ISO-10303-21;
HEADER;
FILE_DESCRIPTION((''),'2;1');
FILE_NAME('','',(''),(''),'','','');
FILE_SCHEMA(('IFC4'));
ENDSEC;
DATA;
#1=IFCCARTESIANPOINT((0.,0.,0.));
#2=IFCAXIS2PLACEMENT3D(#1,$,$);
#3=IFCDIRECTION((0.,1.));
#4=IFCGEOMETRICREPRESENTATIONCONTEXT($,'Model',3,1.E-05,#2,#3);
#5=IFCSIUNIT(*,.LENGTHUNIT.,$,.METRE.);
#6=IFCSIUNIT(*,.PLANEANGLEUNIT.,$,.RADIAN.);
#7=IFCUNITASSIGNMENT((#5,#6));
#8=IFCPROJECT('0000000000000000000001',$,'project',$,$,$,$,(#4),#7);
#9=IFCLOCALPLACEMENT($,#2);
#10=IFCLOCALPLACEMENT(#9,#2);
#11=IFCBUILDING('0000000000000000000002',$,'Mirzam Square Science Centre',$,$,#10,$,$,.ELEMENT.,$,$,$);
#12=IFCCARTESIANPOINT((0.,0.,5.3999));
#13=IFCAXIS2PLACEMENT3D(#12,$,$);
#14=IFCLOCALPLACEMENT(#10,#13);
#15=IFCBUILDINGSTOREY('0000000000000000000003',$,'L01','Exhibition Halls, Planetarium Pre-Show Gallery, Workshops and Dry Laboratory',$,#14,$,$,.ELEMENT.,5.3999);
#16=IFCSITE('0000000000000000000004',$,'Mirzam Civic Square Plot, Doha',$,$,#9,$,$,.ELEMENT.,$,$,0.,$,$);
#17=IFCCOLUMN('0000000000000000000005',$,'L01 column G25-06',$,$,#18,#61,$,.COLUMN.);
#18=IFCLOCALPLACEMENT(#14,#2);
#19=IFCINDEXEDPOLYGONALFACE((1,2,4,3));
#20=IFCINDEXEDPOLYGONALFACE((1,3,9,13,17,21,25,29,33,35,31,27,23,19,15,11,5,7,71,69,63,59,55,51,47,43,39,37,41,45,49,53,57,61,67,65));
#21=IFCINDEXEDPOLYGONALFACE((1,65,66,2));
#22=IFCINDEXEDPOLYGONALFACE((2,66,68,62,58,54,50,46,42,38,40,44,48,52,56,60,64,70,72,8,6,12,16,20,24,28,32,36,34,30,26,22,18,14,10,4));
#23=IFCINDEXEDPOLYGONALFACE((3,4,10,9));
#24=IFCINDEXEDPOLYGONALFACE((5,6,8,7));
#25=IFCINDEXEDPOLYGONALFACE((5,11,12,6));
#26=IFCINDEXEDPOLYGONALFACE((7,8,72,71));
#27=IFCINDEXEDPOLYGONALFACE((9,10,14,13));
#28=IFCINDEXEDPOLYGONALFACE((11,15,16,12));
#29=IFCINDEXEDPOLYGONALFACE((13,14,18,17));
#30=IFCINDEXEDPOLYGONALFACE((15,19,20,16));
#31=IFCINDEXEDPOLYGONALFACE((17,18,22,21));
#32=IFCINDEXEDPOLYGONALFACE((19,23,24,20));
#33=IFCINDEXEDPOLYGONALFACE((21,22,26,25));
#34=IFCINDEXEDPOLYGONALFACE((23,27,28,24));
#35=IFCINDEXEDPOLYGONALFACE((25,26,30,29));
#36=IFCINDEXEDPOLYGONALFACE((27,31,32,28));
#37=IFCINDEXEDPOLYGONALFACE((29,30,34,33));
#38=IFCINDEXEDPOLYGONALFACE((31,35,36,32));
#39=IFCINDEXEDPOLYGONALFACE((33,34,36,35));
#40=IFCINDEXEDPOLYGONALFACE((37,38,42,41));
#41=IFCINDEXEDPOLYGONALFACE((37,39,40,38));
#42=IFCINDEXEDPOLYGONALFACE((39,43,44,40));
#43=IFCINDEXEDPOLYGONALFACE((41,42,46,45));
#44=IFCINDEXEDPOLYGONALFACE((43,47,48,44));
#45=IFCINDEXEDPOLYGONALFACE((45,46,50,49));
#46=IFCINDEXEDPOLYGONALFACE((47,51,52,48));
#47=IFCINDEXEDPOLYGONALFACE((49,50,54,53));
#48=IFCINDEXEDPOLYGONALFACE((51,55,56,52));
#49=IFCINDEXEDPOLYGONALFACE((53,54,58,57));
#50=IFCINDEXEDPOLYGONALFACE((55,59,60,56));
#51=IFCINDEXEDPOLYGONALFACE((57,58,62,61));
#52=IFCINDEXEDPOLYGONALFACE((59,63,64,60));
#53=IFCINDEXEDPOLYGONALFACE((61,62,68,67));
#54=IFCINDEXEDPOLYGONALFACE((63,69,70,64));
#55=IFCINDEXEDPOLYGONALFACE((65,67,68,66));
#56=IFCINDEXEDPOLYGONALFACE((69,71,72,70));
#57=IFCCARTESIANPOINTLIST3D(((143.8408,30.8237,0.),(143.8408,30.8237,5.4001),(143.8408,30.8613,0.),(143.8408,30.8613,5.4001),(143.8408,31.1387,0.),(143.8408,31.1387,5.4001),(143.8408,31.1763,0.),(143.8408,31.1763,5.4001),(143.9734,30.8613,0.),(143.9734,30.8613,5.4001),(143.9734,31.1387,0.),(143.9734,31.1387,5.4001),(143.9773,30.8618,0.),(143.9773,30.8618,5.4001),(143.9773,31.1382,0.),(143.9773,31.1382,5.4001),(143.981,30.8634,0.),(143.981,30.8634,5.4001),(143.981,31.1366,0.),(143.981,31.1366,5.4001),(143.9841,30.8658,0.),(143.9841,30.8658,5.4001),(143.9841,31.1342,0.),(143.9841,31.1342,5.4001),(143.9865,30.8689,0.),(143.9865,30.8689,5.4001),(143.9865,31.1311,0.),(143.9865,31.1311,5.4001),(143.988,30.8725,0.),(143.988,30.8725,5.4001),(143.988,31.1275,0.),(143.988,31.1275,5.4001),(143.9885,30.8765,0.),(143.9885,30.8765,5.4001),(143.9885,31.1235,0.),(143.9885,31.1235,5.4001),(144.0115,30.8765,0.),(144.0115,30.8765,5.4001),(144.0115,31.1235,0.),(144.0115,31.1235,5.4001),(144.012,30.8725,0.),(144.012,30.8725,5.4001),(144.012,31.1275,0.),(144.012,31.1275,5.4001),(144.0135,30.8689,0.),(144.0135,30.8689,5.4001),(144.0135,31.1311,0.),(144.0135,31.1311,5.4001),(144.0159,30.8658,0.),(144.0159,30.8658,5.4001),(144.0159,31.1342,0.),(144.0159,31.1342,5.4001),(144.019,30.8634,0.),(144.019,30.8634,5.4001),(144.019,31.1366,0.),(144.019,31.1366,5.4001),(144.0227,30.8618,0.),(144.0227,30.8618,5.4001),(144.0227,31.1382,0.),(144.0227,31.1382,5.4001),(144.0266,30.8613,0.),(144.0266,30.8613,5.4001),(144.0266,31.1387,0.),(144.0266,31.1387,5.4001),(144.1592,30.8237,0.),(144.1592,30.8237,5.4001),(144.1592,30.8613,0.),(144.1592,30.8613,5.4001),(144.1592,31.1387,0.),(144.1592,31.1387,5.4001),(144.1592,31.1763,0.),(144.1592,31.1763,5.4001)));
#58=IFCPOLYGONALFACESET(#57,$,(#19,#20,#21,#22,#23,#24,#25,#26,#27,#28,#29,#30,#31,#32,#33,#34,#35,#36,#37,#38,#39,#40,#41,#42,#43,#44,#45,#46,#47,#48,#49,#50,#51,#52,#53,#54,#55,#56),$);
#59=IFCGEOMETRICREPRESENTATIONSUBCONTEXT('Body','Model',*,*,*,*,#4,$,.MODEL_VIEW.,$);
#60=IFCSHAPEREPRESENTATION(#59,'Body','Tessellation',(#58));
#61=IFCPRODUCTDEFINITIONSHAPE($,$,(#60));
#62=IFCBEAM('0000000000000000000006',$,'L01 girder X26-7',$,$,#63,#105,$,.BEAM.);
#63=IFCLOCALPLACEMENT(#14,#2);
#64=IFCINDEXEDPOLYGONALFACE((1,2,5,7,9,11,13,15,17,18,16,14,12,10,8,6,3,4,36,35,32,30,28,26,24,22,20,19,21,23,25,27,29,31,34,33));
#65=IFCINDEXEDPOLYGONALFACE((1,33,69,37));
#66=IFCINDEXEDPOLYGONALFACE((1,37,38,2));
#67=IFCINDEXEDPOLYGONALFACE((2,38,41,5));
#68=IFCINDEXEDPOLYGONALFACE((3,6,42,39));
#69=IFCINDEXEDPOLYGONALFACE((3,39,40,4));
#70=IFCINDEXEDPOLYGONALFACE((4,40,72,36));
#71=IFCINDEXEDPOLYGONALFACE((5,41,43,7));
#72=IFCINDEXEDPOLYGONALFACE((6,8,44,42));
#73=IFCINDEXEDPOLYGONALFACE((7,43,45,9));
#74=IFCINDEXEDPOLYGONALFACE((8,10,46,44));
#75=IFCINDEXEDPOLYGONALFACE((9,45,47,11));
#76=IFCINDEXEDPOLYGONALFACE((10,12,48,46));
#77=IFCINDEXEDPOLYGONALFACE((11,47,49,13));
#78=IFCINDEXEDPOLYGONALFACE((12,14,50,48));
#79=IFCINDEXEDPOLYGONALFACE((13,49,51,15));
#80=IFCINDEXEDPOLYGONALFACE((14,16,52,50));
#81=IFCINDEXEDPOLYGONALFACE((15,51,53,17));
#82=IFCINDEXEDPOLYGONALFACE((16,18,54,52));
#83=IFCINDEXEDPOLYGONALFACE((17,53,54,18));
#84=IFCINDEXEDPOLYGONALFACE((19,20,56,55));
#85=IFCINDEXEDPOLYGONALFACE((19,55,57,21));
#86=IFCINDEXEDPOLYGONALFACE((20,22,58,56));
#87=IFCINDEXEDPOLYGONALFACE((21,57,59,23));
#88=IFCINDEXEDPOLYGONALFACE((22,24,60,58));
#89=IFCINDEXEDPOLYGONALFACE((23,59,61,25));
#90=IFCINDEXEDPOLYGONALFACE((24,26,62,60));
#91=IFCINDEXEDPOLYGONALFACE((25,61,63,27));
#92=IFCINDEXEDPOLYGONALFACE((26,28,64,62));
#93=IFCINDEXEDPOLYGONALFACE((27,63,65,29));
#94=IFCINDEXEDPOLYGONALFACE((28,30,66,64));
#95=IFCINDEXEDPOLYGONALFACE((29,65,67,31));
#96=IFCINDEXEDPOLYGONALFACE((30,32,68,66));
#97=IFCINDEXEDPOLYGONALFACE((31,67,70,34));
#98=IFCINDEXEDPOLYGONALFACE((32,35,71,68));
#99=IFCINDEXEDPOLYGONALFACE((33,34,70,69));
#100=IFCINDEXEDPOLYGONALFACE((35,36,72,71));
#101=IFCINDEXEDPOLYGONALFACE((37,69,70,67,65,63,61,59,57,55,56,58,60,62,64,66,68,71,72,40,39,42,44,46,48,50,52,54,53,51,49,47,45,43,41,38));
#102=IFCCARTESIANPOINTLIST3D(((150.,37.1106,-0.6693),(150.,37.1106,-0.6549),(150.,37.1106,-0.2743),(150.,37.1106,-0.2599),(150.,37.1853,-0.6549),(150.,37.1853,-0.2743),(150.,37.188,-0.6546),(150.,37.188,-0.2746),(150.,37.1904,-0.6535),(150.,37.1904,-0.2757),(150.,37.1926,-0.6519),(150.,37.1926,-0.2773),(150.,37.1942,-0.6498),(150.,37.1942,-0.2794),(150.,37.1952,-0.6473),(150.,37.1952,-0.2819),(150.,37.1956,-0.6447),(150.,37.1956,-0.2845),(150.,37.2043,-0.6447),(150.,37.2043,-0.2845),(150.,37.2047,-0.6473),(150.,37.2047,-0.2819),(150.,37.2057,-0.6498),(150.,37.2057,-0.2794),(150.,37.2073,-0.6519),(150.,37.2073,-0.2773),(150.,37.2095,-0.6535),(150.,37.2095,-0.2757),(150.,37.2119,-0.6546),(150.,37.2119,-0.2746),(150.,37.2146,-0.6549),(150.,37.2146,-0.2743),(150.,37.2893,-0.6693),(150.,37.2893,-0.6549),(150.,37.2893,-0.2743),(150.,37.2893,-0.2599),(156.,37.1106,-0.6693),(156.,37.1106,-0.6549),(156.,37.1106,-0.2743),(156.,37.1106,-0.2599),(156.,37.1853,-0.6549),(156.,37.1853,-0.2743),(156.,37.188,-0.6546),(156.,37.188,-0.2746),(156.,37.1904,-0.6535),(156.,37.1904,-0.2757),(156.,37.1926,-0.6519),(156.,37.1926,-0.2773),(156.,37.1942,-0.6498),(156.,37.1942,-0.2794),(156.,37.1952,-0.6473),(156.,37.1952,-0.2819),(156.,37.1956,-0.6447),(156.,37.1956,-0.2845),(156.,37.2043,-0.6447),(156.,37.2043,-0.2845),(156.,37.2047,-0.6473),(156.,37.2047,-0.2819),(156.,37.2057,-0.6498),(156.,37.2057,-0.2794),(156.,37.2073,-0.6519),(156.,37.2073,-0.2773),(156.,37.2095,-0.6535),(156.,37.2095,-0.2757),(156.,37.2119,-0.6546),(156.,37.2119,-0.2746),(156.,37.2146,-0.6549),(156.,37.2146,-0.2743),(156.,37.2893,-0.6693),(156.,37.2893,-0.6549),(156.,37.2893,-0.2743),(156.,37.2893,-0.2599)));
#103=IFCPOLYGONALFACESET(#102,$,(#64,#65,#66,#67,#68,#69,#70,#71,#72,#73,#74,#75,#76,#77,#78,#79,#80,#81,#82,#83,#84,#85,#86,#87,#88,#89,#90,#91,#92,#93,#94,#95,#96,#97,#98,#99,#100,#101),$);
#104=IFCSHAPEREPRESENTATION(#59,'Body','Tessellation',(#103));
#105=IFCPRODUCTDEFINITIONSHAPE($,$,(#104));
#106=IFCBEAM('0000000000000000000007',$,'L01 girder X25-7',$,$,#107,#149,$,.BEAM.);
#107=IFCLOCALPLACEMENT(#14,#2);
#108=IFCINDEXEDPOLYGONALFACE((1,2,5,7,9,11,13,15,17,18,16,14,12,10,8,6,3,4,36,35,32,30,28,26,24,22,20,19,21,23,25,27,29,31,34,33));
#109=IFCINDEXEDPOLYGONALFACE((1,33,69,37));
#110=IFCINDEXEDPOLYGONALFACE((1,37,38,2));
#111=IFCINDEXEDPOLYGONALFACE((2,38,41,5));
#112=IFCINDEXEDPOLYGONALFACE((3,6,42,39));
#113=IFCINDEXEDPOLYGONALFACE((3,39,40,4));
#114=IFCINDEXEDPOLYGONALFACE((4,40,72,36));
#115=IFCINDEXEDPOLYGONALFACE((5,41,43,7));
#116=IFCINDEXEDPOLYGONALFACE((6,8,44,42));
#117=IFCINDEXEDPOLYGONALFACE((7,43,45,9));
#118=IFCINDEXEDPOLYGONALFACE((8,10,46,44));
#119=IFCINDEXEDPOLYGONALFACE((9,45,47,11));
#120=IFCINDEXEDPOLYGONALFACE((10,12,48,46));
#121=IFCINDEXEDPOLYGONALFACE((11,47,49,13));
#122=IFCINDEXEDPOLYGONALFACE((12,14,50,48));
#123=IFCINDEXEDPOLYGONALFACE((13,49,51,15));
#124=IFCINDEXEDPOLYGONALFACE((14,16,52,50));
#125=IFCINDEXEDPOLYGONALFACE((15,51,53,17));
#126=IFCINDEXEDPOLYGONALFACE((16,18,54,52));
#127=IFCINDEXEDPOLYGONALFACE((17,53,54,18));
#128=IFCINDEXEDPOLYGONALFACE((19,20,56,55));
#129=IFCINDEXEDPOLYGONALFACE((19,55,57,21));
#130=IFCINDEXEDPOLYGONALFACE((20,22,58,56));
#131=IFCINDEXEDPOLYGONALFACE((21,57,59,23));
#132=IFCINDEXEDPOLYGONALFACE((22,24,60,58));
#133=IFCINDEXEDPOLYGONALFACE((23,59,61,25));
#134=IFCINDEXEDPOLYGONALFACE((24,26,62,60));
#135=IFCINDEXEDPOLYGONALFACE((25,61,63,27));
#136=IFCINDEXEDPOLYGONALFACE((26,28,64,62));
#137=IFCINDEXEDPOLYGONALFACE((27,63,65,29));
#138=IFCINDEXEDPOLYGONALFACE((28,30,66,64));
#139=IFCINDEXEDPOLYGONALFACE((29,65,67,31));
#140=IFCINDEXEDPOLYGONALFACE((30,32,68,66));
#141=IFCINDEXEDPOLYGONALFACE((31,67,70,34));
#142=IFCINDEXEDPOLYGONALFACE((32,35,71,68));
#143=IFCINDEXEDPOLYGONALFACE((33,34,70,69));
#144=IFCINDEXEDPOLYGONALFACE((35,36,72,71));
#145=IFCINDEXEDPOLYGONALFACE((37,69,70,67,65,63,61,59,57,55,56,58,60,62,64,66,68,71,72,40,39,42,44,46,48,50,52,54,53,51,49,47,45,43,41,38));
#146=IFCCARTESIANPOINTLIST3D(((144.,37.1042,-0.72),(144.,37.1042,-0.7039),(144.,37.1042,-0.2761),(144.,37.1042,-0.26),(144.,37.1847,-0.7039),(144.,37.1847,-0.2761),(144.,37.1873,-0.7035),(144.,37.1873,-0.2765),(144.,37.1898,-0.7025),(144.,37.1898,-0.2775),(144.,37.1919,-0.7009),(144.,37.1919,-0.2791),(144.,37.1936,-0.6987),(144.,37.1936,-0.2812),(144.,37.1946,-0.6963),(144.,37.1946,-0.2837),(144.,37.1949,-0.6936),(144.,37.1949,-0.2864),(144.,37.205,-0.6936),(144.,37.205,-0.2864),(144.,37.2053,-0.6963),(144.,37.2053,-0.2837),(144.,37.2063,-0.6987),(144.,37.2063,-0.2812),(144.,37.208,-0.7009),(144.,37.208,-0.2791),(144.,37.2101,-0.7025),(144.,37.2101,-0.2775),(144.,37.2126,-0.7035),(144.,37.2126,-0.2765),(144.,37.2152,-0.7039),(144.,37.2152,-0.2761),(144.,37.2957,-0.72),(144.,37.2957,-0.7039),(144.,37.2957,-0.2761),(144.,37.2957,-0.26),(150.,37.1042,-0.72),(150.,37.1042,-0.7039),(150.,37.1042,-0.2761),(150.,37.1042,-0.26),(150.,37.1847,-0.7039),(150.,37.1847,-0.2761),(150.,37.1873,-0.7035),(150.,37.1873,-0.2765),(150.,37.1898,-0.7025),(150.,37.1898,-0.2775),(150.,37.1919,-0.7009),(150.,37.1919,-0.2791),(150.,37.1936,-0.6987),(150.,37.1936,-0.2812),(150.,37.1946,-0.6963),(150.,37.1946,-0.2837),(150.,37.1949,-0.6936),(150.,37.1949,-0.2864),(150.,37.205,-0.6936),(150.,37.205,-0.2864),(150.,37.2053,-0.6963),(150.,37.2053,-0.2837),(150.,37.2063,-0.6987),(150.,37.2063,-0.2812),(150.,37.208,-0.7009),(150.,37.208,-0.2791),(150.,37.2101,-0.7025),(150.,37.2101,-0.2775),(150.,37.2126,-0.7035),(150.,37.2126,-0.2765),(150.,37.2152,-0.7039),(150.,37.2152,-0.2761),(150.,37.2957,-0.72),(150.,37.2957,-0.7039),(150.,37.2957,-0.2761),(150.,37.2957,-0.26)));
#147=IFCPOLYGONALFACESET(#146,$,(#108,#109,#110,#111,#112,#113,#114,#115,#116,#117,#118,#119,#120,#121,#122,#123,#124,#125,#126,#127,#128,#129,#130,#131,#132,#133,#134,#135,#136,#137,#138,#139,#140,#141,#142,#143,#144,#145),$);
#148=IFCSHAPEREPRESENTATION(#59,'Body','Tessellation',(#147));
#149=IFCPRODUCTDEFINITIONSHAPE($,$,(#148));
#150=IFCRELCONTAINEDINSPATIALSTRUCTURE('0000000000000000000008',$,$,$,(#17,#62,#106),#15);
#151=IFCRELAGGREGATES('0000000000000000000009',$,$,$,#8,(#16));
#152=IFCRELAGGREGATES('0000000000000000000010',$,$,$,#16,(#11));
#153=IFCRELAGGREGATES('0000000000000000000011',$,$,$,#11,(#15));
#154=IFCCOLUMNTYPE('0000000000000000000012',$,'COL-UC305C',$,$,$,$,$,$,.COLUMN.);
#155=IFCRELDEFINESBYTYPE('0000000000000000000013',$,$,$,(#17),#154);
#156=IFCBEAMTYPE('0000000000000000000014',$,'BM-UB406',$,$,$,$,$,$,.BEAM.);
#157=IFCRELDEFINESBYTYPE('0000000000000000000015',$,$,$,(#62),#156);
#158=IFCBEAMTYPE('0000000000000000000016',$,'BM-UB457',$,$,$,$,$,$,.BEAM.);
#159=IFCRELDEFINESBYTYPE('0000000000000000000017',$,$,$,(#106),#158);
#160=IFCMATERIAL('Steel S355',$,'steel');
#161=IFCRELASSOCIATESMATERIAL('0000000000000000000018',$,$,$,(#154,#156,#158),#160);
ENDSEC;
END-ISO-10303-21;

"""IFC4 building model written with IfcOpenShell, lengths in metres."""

from ifc_helpers import new_model, si_unit, direction, frame, origin, origin_2d, place, context, subcontext, project, spatial, i_section, extrude, material, material_profile, profile_set, type_object, element, save


model = new_model("IFC4")

# Units and contexts
model_context = context("Model", 3, precision=1e-05, world=origin(), true_north=direction((0.0, 1.0)))
body_context = subcontext(model_context, "Body", "Model", "MODEL_VIEW")
ifc_project = project(units=[si_unit("LENGTHUNIT", "METRE"), si_unit("PLANEANGLEUNIT", "RADIAN")], contexts=[model_context])

# Site, building, storey
site_placement = place(None, origin())
site = spatial("IfcSite", under=ifc_project, at=site_placement, Name="Mirzam Civic Square Plot, Doha", CompositionType="ELEMENT", RefElevation=0.0)
building_placement = place(site_placement, origin())
building = spatial("IfcBuilding", under=site, at=building_placement, Name="Mirzam Square Science Centre", CompositionType="ELEMENT")
storey_placement = place(building_placement, frame((0.0, 0.0, 5.3999)))
storey = spatial("IfcBuildingStorey", under=building, at=storey_placement, Name="L01", Description="Exhibition Halls, Planetarium Pre-Show Gallery, Workshops and Dry Laboratory", CompositionType="ELEMENT", Elevation=5.3999)

# Column
ifc_material_1 = material(Name="Steel S355", Category="steel")
ifc_material_profile_1 = material_profile(ifc_material_1, i_section(OverallWidth=0.3184, OverallDepth=0.3525, WebThickness=0.0229, FlangeThickness=0.0376, FilletRadius=0.0151, at=origin_2d()), Name="305x305x240UC")
ifc_profile_set_1 = profile_set([ifc_material_profile_1], Name="Steel S355")
column_type_1 = type_object("IfcColumnType", Name="COL-UC305C", PredefinedType="COLUMN", material=ifc_profile_set_1)
column_1_placement = place(storey_placement, frame((144.0, 31.0, 0.0), z_axis=(0.0, 0.0, 1.0), x_axis=(1.0, 0.0, 0.0)))
element("IfcColumn", 1, at=column_1_placement, inside=storey, type_object=column_type_1, Name="L01 column G25-06", PredefinedType="COLUMN", context=body_context, shape_type="SweptSolid", body=[
    extrude(i_section(OverallWidth=0.3184, OverallDepth=0.3525, WebThickness=0.0229, FlangeThickness=0.0376, FilletRadius=0.0151, at=origin_2d()), origin(), (0.0, 0.0, 1.0), 5.4001),
])

# Beams
ifc_material_profile_2 = material_profile(ifc_material_1, i_section(OverallWidth=0.1787, OverallDepth=0.4094, WebThickness=0.0088, FlangeThickness=0.0144, FilletRadius=0.0103, at=origin_2d()), Name="406x178x67UB")
ifc_profile_set_2 = profile_set([ifc_material_profile_2], Name="Steel S355")
beam_type_1 = type_object("IfcBeamType", Name="BM-UB406", PredefinedType="BEAM", material=ifc_profile_set_2)
beam_1_placement = place(storey_placement, frame((150.0, 37.2, -0.4646), z_axis=(1.0, 0.0, 0.0), x_axis=(0.0, 1.0, 0.0)))
element("IfcBeam", 2, at=beam_1_placement, inside=storey, type_object=beam_type_1, Name="L01 girder X26-7", PredefinedType="BEAM", context=body_context, shape_type="SweptSolid", body=[
    extrude(i_section(OverallWidth=0.1787, OverallDepth=0.4094, WebThickness=0.0088, FlangeThickness=0.0144, FilletRadius=0.0103, at=origin_2d()), origin(), (0.0, 0.0, 1.0), 6.0),
])
ifc_material_profile_3 = material_profile(ifc_material_1, i_section(OverallWidth=0.1914, OverallDepth=0.46, WebThickness=0.01, FlangeThickness=0.0161, FilletRadius=0.0103, at=origin_2d()), Name="457x191x82UB")
ifc_profile_set_3 = profile_set([ifc_material_profile_3], Name="Steel S355")
beam_type_2 = type_object("IfcBeamType", Name="BM-UB457", PredefinedType="BEAM", material=ifc_profile_set_3)
beam_2_placement = place(storey_placement, frame((144.0, 37.2, -0.49), z_axis=(1.0, 0.0, 0.0), x_axis=(0.0, 1.0, 0.0)))
element("IfcBeam", 3, at=beam_2_placement, inside=storey, type_object=beam_type_2, Name="L01 girder X25-7", PredefinedType="BEAM", context=body_context, shape_type="SweptSolid", body=[
    extrude(i_section(OverallWidth=0.1914, OverallDepth=0.46, WebThickness=0.01, FlangeThickness=0.0161, FilletRadius=0.0103, at=origin_2d()), origin(), (0.0, 0.0, 1.0), 6.0),
])

save(model, "model.ifc")
